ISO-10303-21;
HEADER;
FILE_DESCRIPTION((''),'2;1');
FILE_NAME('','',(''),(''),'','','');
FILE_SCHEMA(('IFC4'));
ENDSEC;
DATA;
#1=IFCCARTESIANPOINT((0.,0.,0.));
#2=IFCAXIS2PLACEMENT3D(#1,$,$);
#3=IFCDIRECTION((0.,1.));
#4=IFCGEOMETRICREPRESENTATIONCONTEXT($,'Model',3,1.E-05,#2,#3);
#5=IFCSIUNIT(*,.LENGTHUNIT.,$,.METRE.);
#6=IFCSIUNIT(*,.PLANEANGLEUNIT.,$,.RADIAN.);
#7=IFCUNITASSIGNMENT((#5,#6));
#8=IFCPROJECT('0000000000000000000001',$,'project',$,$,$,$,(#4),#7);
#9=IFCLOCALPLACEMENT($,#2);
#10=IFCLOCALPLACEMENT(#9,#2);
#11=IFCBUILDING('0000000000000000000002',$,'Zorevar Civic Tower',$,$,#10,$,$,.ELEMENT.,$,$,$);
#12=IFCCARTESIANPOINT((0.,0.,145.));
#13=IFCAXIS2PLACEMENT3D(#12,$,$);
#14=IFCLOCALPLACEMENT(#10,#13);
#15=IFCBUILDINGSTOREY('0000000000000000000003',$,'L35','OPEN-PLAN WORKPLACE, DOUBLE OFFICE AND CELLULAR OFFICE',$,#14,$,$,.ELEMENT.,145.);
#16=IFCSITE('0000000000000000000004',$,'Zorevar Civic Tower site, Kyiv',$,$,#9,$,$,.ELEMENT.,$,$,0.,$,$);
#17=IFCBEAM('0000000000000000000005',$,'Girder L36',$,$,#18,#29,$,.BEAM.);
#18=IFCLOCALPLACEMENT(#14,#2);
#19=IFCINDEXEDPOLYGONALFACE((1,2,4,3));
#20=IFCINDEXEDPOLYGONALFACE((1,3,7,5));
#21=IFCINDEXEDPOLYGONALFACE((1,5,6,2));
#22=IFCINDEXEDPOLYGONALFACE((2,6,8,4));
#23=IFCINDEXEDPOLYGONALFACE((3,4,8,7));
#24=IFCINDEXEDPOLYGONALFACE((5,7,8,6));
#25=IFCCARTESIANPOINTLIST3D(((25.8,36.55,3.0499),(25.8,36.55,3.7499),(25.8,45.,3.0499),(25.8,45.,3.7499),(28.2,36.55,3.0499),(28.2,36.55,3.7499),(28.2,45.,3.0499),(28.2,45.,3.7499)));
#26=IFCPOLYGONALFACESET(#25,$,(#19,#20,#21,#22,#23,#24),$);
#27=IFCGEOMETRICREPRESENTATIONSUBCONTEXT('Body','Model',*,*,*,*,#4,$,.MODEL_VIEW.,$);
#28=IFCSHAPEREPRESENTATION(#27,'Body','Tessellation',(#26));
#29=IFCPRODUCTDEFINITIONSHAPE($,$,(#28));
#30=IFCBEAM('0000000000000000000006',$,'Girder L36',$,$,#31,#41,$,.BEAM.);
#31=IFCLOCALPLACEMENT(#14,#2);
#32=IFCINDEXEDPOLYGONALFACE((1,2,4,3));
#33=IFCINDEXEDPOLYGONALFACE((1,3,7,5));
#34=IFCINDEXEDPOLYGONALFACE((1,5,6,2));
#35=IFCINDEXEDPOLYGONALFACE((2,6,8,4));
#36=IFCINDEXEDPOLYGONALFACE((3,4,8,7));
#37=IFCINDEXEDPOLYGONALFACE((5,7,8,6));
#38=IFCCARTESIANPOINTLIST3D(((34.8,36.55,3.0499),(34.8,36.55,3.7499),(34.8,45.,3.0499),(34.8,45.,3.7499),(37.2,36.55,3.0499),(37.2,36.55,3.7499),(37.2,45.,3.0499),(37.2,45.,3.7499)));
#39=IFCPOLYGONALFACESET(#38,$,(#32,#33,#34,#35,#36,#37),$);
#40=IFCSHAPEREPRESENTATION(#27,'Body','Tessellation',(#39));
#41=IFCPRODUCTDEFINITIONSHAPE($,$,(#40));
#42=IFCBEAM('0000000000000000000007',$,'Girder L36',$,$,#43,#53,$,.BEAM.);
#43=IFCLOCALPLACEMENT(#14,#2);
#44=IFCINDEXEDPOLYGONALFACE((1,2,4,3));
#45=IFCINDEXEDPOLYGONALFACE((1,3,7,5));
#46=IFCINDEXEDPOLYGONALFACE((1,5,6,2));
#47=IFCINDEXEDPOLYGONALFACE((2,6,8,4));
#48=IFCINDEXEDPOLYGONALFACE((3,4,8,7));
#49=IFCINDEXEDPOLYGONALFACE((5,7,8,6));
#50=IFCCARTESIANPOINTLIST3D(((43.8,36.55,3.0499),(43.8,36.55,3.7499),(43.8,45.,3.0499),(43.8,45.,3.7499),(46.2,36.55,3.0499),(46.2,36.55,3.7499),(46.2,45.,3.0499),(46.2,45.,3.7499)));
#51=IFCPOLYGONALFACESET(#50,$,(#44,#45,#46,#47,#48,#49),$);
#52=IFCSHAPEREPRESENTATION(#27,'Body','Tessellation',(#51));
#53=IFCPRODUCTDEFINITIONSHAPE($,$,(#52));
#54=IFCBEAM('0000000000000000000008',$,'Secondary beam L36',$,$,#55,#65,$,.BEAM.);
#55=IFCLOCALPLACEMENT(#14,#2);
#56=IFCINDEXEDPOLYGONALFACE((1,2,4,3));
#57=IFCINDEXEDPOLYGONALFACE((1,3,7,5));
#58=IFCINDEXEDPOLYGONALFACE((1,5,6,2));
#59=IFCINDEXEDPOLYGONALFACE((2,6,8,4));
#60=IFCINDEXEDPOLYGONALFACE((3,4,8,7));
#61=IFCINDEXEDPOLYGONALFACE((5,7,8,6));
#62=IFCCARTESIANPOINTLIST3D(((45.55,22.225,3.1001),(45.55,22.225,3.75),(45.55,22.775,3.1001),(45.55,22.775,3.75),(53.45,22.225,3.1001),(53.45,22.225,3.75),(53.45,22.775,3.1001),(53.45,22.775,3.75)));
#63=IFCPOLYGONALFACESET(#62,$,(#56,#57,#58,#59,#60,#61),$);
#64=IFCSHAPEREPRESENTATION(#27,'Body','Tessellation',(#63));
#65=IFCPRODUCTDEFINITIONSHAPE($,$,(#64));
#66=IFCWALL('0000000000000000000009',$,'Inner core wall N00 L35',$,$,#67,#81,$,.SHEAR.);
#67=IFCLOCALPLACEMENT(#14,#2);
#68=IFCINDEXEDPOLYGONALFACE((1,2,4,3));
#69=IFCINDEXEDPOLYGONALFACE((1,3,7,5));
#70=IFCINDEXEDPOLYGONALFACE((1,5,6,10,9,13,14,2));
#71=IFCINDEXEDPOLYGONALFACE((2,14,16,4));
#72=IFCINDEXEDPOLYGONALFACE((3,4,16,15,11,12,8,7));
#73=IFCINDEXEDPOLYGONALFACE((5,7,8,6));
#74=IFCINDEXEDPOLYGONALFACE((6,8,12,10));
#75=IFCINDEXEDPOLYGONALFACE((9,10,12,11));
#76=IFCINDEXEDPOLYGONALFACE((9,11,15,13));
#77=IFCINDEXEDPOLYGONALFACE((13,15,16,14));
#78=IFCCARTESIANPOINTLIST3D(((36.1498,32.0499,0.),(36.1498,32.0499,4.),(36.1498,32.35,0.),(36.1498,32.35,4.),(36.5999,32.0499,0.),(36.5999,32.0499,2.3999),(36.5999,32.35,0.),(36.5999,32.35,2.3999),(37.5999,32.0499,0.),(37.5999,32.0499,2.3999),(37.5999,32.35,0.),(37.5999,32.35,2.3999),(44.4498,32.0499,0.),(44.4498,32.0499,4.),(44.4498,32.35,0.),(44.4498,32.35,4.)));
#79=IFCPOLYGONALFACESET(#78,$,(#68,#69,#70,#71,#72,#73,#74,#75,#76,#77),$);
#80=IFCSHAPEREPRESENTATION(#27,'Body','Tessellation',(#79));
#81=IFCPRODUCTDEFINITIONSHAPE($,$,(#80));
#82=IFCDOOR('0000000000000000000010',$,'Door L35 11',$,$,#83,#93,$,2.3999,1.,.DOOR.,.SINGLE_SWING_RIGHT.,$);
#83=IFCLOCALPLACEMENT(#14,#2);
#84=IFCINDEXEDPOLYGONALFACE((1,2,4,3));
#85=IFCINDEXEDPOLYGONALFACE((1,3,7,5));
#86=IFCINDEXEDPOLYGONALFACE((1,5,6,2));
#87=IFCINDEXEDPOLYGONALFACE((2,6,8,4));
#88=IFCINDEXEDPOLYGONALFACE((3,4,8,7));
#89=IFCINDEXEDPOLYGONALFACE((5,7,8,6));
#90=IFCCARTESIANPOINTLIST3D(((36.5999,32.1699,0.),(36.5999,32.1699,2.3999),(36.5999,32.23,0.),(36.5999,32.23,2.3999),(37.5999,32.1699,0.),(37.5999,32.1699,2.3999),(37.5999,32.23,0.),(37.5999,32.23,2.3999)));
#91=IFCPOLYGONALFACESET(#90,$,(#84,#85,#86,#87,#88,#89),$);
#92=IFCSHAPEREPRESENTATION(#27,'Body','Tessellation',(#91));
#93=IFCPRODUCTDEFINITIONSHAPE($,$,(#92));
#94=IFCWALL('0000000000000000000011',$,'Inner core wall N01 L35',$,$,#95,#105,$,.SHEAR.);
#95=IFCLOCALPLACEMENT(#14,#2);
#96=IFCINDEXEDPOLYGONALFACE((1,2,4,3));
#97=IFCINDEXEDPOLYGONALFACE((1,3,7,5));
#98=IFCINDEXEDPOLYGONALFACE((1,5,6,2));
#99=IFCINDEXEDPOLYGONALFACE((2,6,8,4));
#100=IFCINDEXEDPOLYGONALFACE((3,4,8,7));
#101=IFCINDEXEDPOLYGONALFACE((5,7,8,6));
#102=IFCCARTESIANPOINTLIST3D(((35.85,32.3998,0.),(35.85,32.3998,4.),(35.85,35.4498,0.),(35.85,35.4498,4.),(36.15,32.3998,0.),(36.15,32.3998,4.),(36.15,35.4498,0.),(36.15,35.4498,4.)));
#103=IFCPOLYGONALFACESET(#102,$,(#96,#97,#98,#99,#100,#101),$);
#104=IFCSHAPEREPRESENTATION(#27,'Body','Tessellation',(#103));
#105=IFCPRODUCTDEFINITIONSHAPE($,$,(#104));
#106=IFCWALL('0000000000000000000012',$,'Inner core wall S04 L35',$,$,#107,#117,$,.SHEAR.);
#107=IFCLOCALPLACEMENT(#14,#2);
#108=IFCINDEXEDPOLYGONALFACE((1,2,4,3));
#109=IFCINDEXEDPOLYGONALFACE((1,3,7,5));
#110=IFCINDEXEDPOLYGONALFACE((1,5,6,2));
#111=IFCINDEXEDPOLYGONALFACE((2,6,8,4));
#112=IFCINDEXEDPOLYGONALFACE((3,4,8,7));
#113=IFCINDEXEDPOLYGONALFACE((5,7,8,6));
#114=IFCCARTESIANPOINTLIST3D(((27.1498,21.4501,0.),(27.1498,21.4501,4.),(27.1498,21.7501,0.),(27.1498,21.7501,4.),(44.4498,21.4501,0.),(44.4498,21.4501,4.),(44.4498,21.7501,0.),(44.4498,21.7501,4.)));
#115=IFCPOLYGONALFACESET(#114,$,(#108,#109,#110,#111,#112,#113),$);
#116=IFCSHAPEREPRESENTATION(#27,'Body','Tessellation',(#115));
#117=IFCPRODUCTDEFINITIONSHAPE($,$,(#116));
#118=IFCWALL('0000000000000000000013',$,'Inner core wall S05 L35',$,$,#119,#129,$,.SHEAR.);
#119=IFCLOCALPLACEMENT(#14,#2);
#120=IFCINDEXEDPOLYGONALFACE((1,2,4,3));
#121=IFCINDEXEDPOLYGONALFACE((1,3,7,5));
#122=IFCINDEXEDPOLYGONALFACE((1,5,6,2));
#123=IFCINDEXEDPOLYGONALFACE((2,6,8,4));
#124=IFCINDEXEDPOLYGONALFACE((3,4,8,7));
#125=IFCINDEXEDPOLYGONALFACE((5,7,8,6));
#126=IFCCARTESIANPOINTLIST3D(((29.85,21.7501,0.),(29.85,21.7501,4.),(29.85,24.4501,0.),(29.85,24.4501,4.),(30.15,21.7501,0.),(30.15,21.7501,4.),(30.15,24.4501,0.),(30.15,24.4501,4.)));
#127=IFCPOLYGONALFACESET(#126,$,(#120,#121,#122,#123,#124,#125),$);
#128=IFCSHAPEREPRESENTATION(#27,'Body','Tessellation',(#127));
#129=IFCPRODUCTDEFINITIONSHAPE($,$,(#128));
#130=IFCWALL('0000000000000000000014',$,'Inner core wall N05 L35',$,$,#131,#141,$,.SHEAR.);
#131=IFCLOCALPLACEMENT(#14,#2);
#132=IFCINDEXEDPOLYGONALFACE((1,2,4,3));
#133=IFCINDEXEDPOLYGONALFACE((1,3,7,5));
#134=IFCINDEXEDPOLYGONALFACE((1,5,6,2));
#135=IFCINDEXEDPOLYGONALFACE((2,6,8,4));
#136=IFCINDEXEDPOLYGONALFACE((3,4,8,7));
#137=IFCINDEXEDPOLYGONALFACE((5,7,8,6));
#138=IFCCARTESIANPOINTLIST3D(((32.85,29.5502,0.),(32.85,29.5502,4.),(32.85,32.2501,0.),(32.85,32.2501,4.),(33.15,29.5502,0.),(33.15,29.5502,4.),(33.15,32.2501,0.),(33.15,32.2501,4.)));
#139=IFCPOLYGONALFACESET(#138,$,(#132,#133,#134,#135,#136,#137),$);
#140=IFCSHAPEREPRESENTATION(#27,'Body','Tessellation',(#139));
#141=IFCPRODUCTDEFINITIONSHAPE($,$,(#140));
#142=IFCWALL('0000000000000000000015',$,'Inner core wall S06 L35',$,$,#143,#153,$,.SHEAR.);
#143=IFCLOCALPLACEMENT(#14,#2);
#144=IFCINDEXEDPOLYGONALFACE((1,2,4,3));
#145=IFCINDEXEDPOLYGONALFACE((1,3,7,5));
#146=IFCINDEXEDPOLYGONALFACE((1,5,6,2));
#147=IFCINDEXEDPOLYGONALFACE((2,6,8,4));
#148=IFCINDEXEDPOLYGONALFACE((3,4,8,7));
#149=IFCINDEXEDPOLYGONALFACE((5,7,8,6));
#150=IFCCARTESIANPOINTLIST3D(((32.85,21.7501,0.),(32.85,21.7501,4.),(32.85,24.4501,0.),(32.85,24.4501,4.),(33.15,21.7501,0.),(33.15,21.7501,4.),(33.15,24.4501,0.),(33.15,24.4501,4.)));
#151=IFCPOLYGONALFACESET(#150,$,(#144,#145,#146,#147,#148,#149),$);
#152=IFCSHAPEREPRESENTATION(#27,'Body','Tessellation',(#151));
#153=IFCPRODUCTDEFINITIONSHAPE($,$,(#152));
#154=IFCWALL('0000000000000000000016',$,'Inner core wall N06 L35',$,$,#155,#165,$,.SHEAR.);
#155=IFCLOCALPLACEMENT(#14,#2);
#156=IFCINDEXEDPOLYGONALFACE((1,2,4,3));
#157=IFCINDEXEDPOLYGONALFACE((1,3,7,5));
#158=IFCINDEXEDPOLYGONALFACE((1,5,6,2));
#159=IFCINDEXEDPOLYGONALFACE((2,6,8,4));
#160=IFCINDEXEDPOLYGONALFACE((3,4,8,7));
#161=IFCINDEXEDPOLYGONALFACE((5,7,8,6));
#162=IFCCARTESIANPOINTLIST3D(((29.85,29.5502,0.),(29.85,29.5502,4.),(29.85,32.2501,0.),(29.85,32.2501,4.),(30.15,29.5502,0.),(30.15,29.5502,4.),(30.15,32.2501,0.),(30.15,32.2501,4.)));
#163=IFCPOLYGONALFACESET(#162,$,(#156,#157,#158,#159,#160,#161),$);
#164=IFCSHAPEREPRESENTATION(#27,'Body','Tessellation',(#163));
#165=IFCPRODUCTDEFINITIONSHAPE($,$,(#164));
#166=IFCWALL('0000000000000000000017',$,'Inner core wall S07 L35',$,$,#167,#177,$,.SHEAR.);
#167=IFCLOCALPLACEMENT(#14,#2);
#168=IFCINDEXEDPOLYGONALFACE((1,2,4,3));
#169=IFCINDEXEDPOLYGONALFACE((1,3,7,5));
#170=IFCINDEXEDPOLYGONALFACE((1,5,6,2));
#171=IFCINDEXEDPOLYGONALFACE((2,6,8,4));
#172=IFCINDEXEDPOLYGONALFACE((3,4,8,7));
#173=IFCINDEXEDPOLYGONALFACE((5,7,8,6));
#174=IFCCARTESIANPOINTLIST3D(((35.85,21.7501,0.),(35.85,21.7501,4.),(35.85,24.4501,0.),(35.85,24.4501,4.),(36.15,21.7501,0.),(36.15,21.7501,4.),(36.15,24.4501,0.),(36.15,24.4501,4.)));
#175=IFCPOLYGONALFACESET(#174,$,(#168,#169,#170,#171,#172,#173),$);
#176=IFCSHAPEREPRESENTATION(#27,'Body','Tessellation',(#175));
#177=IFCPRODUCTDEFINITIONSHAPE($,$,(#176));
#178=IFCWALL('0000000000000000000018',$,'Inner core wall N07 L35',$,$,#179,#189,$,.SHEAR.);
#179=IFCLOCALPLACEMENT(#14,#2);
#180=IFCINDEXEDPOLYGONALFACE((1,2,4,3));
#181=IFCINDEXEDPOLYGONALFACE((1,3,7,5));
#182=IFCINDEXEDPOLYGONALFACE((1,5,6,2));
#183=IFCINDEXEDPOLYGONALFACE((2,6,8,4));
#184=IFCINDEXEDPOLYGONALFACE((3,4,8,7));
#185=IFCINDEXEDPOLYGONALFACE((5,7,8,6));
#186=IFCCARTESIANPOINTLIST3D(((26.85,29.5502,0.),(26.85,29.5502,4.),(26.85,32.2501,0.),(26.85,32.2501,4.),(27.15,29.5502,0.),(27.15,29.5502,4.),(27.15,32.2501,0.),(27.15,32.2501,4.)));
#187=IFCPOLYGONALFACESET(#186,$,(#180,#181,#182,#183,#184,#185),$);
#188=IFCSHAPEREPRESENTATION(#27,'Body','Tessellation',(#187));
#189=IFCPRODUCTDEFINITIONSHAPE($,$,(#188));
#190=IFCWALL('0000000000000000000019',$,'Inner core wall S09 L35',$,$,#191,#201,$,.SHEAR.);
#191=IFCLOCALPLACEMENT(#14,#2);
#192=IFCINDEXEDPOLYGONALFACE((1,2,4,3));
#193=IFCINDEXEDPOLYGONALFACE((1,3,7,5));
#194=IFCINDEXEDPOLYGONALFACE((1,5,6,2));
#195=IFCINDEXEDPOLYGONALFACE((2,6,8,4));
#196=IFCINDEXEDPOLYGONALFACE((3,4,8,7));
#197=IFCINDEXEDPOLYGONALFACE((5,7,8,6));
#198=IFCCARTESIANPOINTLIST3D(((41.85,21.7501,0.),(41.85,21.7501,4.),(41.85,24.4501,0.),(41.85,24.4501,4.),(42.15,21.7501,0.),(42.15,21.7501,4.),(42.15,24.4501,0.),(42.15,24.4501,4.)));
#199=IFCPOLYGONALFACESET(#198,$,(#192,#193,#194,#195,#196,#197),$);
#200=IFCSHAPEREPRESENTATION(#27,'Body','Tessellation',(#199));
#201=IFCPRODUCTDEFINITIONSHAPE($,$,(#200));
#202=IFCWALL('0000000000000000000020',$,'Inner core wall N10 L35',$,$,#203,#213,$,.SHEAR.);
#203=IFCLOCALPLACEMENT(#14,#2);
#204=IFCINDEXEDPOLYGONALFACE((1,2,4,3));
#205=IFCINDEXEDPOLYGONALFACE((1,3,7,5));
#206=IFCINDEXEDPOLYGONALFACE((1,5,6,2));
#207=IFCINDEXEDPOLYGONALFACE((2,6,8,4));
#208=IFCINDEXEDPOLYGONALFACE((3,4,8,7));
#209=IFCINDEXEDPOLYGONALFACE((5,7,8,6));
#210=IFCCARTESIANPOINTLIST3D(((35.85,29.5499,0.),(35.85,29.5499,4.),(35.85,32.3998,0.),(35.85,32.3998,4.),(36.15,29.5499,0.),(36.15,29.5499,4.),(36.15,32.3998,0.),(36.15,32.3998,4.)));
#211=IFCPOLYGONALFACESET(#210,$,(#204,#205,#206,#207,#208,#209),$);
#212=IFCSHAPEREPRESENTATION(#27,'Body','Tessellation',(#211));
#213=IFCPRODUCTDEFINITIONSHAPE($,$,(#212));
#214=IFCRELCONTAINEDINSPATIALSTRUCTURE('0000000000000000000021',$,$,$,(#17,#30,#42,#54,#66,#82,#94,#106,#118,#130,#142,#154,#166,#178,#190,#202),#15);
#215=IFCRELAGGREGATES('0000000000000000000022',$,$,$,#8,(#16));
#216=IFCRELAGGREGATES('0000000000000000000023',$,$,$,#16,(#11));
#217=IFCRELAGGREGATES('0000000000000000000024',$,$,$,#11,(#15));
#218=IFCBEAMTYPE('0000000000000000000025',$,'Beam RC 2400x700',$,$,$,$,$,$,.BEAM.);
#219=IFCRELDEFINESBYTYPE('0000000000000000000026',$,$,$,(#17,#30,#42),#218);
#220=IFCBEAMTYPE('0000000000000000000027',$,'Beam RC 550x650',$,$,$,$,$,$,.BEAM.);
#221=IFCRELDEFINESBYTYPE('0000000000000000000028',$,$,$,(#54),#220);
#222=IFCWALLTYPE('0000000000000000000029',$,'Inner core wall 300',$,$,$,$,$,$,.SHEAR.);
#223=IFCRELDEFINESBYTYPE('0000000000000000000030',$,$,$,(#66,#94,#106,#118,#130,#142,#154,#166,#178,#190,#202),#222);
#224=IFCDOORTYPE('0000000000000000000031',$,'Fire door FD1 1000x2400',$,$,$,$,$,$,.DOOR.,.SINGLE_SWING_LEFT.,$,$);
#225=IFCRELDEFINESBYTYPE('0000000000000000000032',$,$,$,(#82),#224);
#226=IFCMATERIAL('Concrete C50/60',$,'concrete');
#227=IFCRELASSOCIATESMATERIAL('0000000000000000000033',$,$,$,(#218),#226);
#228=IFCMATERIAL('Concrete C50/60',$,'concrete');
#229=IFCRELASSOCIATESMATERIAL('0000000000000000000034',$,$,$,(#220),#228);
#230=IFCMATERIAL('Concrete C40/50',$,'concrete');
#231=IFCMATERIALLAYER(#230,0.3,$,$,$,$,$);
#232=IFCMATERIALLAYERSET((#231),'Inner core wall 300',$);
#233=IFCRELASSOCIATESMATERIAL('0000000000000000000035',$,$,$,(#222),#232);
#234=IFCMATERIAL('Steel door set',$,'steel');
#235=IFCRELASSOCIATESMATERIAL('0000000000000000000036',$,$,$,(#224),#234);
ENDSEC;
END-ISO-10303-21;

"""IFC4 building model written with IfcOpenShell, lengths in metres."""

from ifc_helpers import new_model, si_unit, direction, frame, frame_2d, origin, origin_2d, place, context, subcontext, project, spatial, rectangle, extrude, material, layer, layer_set, material_profile, profile_set, type_object, element, fill, save


model = new_model("IFC4")

# Units and contexts
model_context = context("Model", 3, precision=1e-05, world=origin(), true_north=direction((0.0, 1.0)))
body_context = subcontext(model_context, "Body", "Model", "MODEL_VIEW")
ifc_project = project(units=[si_unit("LENGTHUNIT", "METRE"), si_unit("PLANEANGLEUNIT", "RADIAN")], contexts=[model_context])

# Site, building, storey
site_placement = place(None, origin())
site = spatial("IfcSite", under=ifc_project, at=site_placement, Name="Zorevar Civic Tower site, Kyiv", CompositionType="ELEMENT", RefElevation=0.0)
building_placement = place(site_placement, origin())
building = spatial("IfcBuilding", under=site, at=building_placement, Name="Zorevar Civic Tower", CompositionType="ELEMENT")
storey_placement = place(building_placement, frame((0.0, 0.0, 145.0)))
storey = spatial("IfcBuildingStorey", under=building, at=storey_placement, Name="L35", Description="OPEN-PLAN WORKPLACE, DOUBLE OFFICE AND CELLULAR OFFICE", CompositionType="ELEMENT", Elevation=145.0)

# Beams
ifc_material_1 = material(Name="Concrete C50/60", Category="concrete")
ifc_material_profile_1 = material_profile(ifc_material_1, rectangle(XDim=2.3999, YDim=0.7, at=origin_2d()), Name="RC 2400x700")
ifc_profile_set_1 = profile_set([ifc_material_profile_1], Name="Concrete C50/60")
beam_type_1 = type_object("IfcBeamType", Name="Beam RC 2400x700", PredefinedType="BEAM", material=ifc_profile_set_1)
for number, where, z_axis, x_axis, name in (
    (1, (27.0, 36.55, 3.3999), (0.0, 1.0, 0.0), (-1.0, 0.0, 0.0), "Girder L36"),
    (2, (36.0, 36.55, 3.3999), (0.0, 1.0, 0.0), (-1.0, 0.0, 0.0), "Girder L36"),
    (3, (45.0, 36.55, 3.3999), (0.0, 1.0, 0.0), (-1.0, 0.0, 0.0), "Girder L36"),
):
    element("IfcBeam", number, at=place(storey_placement, frame(where, z_axis=z_axis, x_axis=x_axis)), inside=storey, type_object=beam_type_1, Name=name, PredefinedType="BEAM", context=body_context, shape_type="SweptSolid", body=[
        extrude(rectangle(XDim=2.3999, YDim=0.7, at=origin_2d()), origin(), (0.0, 0.0, 1.0), 8.45),
    ])
ifc_material_2 = material(Name="Concrete C50/60", Category="concrete")
ifc_material_profile_2 = material_profile(ifc_material_2, rectangle(XDim=0.55, YDim=0.6499, at=origin_2d()), Name="RC 550x650")
ifc_profile_set_2 = profile_set([ifc_material_profile_2], Name="Concrete C50/60")
beam_type_2 = type_object("IfcBeamType", Name="Beam RC 550x650", PredefinedType="BEAM", material=ifc_profile_set_2)
beam_placement = place(storey_placement, frame((45.55, 22.5, 3.425), z_axis=(1.0, 0.0, 0.0), x_axis=(0.0, 1.0, 0.0)))
element("IfcBeam", 4, at=beam_placement, inside=storey, type_object=beam_type_2, Name="Secondary beam L36", PredefinedType="BEAM", context=body_context, shape_type="SweptSolid", body=[
    extrude(rectangle(XDim=0.55, YDim=0.6499, at=origin_2d()), origin(), (0.0, 0.0, 1.0), 7.8999),
])

# Wall, opening, door
ifc_material_3 = material(Name="Concrete C40/50", Category="concrete")
ifc_layer_1 = layer(ifc_material_3, 0.3)
ifc_layer_set_1 = layer_set([ifc_layer_1], Name="Inner core wall 300")
wall_type_1 = type_object("IfcWallType", Name="Inner core wall 300", PredefinedType="SHEAR", material=ifc_layer_set_1)
wall_1_placement = place(storey_placement, frame((36.1499, 32.2, 0.0), z_axis=(0.0, 0.0, 1.0), x_axis=(1.0, 0.0, 0.0)))
wall_1 = element("IfcWall", 5, at=wall_1_placement, inside=storey, type_object=wall_type_1, Name="Inner core wall N00 L35", PredefinedType="SHEAR", context=body_context, shape_type="SweptSolid", body=[
    extrude(rectangle(XDim=8.3, YDim=0.3, at=frame_2d((4.1499, 0.0))), origin(), (0.0, 0.0, 1.0), 4.0),
])
opening_1_placement = place(wall_1_placement, frame((0.45, 0.0, 0.0)))
opening_1 = element("IfcOpeningElement", 6, at=opening_1_placement, cuts=wall_1, PredefinedType="OPENING", context=body_context, shape_type="SweptSolid", body=[
    extrude(rectangle(XDim=1.0, YDim=2.3999, at=frame_2d((0.5, 1.2))), frame((0.0, 0.1599, 0.0), z_axis=(0.0, -1.0, 0.0), x_axis=(1.0, 0.0, 0.0)), (0.0, 0.0, 1.0), 0.3201),
])
ifc_material_4 = material(Name="Steel door set", Category="steel")
door_type_1 = type_object("IfcDoorType", Name="Fire door FD1 1000x2400", OperationType="SINGLE_SWING_LEFT", PredefinedType="DOOR", material=ifc_material_4)
door_1_placement = place(opening_1_placement, origin())
door_1 = element("IfcDoor", 7, at=door_1_placement, inside=storey, type_object=door_type_1, Name="Door L35 11", OperationType="SINGLE_SWING_RIGHT", OverallHeight=2.3999, OverallWidth=1.0, PredefinedType="DOOR", context=body_context, shape_type="SweptSolid", body=[
    extrude(rectangle(XDim=1.0, YDim=2.3999, at=frame_2d((0.5, 1.2))), frame((0.0, 0.03, 0.0), z_axis=(0.0, -1.0, 0.0), x_axis=(1.0, 0.0, 0.0)), (0.0, 0.0, 1.0), 0.0601),
])
fill(opening_1, door_1)

# Wall
wall_2_placement = place(storey_placement, frame((36.0, 32.3999, 0.0), z_axis=(0.0, 0.0, 1.0), x_axis=(0.0, 1.0, 0.0)))
element("IfcWall", 8, at=wall_2_placement, inside=storey, type_object=wall_type_1, Name="Inner core wall N01 L35", PredefinedType="SHEAR", context=body_context, shape_type="SweptSolid", body=[
    extrude(rectangle(XDim=3.05, YDim=0.3, at=frame_2d((1.5249, 0.0))), origin(), (0.0, 0.0, 1.0), 4.0),
])

# Walls
wall_3_placement = place(storey_placement, frame((27.1499, 21.6001, 0.0), z_axis=(0.0, 0.0, 1.0), x_axis=(1.0, 0.0, 0.0)))
element("IfcWall", 9, at=wall_3_placement, inside=storey, type_object=wall_type_1, Name="Inner core wall S04 L35", PredefinedType="SHEAR", context=body_context, shape_type="SweptSolid", body=[
    extrude(rectangle(XDim=17.3, YDim=0.3, at=frame_2d((8.6499, 0.0))), origin(), (0.0, 0.0, 1.0), 4.0),
])
for number, where, z_axis, x_axis, name in (
    (10, (30.0, 21.75, 0.0), (0.0, 0.0, 1.0), (0.0, 1.0, 0.0), "Inner core wall S05 L35"),
    (11, (33.0, 29.55, 0.0), (0.0, 0.0, 1.0), (0.0, 1.0, 0.0), "Inner core wall N05 L35"),
    (12, (33.0, 21.75, 0.0), (0.0, 0.0, 1.0), (0.0, 1.0, 0.0), "Inner core wall S06 L35"),
    (13, (30.0, 29.55, 0.0), (0.0, 0.0, 1.0), (0.0, 1.0, 0.0), "Inner core wall N06 L35"),
    (14, (36.0, 21.75, 0.0), (0.0, 0.0, 1.0), (0.0, 1.0, 0.0), "Inner core wall S07 L35"),
    (15, (27.0, 29.55, 0.0), (0.0, 0.0, 1.0), (0.0, 1.0, 0.0), "Inner core wall N07 L35"),
    (16, (42.0, 21.75, 0.0), (0.0, 0.0, 1.0), (0.0, 1.0, 0.0), "Inner core wall S09 L35"),
):
    element("IfcWall", number, at=place(storey_placement, frame(where, z_axis=z_axis, x_axis=x_axis)), inside=storey, type_object=wall_type_1, Name=name, PredefinedType="SHEAR", context=body_context, shape_type="SweptSolid", body=[
        extrude(rectangle(XDim=2.7, YDim=0.3, at=frame_2d((1.3501, 0.0))), origin(), (0.0, 0.0, 1.0), 4.0),
    ])
wall_4_placement = place(storey_placement, frame((36.0, 29.55, 0.0), z_axis=(0.0, 0.0, 1.0), x_axis=(0.0, 1.0, 0.0)))
element("IfcWall", 17, at=wall_4_placement, inside=storey, type_object=wall_type_1, Name="Inner core wall N10 L35", PredefinedType="SHEAR", context=body_context, shape_type="SweptSolid", body=[
    extrude(rectangle(XDim=2.8499, YDim=0.3, at=frame_2d((1.4248, 0.0))), origin(), (0.0, 0.0, 1.0), 4.0),
])

save(model, "model.ifc")
